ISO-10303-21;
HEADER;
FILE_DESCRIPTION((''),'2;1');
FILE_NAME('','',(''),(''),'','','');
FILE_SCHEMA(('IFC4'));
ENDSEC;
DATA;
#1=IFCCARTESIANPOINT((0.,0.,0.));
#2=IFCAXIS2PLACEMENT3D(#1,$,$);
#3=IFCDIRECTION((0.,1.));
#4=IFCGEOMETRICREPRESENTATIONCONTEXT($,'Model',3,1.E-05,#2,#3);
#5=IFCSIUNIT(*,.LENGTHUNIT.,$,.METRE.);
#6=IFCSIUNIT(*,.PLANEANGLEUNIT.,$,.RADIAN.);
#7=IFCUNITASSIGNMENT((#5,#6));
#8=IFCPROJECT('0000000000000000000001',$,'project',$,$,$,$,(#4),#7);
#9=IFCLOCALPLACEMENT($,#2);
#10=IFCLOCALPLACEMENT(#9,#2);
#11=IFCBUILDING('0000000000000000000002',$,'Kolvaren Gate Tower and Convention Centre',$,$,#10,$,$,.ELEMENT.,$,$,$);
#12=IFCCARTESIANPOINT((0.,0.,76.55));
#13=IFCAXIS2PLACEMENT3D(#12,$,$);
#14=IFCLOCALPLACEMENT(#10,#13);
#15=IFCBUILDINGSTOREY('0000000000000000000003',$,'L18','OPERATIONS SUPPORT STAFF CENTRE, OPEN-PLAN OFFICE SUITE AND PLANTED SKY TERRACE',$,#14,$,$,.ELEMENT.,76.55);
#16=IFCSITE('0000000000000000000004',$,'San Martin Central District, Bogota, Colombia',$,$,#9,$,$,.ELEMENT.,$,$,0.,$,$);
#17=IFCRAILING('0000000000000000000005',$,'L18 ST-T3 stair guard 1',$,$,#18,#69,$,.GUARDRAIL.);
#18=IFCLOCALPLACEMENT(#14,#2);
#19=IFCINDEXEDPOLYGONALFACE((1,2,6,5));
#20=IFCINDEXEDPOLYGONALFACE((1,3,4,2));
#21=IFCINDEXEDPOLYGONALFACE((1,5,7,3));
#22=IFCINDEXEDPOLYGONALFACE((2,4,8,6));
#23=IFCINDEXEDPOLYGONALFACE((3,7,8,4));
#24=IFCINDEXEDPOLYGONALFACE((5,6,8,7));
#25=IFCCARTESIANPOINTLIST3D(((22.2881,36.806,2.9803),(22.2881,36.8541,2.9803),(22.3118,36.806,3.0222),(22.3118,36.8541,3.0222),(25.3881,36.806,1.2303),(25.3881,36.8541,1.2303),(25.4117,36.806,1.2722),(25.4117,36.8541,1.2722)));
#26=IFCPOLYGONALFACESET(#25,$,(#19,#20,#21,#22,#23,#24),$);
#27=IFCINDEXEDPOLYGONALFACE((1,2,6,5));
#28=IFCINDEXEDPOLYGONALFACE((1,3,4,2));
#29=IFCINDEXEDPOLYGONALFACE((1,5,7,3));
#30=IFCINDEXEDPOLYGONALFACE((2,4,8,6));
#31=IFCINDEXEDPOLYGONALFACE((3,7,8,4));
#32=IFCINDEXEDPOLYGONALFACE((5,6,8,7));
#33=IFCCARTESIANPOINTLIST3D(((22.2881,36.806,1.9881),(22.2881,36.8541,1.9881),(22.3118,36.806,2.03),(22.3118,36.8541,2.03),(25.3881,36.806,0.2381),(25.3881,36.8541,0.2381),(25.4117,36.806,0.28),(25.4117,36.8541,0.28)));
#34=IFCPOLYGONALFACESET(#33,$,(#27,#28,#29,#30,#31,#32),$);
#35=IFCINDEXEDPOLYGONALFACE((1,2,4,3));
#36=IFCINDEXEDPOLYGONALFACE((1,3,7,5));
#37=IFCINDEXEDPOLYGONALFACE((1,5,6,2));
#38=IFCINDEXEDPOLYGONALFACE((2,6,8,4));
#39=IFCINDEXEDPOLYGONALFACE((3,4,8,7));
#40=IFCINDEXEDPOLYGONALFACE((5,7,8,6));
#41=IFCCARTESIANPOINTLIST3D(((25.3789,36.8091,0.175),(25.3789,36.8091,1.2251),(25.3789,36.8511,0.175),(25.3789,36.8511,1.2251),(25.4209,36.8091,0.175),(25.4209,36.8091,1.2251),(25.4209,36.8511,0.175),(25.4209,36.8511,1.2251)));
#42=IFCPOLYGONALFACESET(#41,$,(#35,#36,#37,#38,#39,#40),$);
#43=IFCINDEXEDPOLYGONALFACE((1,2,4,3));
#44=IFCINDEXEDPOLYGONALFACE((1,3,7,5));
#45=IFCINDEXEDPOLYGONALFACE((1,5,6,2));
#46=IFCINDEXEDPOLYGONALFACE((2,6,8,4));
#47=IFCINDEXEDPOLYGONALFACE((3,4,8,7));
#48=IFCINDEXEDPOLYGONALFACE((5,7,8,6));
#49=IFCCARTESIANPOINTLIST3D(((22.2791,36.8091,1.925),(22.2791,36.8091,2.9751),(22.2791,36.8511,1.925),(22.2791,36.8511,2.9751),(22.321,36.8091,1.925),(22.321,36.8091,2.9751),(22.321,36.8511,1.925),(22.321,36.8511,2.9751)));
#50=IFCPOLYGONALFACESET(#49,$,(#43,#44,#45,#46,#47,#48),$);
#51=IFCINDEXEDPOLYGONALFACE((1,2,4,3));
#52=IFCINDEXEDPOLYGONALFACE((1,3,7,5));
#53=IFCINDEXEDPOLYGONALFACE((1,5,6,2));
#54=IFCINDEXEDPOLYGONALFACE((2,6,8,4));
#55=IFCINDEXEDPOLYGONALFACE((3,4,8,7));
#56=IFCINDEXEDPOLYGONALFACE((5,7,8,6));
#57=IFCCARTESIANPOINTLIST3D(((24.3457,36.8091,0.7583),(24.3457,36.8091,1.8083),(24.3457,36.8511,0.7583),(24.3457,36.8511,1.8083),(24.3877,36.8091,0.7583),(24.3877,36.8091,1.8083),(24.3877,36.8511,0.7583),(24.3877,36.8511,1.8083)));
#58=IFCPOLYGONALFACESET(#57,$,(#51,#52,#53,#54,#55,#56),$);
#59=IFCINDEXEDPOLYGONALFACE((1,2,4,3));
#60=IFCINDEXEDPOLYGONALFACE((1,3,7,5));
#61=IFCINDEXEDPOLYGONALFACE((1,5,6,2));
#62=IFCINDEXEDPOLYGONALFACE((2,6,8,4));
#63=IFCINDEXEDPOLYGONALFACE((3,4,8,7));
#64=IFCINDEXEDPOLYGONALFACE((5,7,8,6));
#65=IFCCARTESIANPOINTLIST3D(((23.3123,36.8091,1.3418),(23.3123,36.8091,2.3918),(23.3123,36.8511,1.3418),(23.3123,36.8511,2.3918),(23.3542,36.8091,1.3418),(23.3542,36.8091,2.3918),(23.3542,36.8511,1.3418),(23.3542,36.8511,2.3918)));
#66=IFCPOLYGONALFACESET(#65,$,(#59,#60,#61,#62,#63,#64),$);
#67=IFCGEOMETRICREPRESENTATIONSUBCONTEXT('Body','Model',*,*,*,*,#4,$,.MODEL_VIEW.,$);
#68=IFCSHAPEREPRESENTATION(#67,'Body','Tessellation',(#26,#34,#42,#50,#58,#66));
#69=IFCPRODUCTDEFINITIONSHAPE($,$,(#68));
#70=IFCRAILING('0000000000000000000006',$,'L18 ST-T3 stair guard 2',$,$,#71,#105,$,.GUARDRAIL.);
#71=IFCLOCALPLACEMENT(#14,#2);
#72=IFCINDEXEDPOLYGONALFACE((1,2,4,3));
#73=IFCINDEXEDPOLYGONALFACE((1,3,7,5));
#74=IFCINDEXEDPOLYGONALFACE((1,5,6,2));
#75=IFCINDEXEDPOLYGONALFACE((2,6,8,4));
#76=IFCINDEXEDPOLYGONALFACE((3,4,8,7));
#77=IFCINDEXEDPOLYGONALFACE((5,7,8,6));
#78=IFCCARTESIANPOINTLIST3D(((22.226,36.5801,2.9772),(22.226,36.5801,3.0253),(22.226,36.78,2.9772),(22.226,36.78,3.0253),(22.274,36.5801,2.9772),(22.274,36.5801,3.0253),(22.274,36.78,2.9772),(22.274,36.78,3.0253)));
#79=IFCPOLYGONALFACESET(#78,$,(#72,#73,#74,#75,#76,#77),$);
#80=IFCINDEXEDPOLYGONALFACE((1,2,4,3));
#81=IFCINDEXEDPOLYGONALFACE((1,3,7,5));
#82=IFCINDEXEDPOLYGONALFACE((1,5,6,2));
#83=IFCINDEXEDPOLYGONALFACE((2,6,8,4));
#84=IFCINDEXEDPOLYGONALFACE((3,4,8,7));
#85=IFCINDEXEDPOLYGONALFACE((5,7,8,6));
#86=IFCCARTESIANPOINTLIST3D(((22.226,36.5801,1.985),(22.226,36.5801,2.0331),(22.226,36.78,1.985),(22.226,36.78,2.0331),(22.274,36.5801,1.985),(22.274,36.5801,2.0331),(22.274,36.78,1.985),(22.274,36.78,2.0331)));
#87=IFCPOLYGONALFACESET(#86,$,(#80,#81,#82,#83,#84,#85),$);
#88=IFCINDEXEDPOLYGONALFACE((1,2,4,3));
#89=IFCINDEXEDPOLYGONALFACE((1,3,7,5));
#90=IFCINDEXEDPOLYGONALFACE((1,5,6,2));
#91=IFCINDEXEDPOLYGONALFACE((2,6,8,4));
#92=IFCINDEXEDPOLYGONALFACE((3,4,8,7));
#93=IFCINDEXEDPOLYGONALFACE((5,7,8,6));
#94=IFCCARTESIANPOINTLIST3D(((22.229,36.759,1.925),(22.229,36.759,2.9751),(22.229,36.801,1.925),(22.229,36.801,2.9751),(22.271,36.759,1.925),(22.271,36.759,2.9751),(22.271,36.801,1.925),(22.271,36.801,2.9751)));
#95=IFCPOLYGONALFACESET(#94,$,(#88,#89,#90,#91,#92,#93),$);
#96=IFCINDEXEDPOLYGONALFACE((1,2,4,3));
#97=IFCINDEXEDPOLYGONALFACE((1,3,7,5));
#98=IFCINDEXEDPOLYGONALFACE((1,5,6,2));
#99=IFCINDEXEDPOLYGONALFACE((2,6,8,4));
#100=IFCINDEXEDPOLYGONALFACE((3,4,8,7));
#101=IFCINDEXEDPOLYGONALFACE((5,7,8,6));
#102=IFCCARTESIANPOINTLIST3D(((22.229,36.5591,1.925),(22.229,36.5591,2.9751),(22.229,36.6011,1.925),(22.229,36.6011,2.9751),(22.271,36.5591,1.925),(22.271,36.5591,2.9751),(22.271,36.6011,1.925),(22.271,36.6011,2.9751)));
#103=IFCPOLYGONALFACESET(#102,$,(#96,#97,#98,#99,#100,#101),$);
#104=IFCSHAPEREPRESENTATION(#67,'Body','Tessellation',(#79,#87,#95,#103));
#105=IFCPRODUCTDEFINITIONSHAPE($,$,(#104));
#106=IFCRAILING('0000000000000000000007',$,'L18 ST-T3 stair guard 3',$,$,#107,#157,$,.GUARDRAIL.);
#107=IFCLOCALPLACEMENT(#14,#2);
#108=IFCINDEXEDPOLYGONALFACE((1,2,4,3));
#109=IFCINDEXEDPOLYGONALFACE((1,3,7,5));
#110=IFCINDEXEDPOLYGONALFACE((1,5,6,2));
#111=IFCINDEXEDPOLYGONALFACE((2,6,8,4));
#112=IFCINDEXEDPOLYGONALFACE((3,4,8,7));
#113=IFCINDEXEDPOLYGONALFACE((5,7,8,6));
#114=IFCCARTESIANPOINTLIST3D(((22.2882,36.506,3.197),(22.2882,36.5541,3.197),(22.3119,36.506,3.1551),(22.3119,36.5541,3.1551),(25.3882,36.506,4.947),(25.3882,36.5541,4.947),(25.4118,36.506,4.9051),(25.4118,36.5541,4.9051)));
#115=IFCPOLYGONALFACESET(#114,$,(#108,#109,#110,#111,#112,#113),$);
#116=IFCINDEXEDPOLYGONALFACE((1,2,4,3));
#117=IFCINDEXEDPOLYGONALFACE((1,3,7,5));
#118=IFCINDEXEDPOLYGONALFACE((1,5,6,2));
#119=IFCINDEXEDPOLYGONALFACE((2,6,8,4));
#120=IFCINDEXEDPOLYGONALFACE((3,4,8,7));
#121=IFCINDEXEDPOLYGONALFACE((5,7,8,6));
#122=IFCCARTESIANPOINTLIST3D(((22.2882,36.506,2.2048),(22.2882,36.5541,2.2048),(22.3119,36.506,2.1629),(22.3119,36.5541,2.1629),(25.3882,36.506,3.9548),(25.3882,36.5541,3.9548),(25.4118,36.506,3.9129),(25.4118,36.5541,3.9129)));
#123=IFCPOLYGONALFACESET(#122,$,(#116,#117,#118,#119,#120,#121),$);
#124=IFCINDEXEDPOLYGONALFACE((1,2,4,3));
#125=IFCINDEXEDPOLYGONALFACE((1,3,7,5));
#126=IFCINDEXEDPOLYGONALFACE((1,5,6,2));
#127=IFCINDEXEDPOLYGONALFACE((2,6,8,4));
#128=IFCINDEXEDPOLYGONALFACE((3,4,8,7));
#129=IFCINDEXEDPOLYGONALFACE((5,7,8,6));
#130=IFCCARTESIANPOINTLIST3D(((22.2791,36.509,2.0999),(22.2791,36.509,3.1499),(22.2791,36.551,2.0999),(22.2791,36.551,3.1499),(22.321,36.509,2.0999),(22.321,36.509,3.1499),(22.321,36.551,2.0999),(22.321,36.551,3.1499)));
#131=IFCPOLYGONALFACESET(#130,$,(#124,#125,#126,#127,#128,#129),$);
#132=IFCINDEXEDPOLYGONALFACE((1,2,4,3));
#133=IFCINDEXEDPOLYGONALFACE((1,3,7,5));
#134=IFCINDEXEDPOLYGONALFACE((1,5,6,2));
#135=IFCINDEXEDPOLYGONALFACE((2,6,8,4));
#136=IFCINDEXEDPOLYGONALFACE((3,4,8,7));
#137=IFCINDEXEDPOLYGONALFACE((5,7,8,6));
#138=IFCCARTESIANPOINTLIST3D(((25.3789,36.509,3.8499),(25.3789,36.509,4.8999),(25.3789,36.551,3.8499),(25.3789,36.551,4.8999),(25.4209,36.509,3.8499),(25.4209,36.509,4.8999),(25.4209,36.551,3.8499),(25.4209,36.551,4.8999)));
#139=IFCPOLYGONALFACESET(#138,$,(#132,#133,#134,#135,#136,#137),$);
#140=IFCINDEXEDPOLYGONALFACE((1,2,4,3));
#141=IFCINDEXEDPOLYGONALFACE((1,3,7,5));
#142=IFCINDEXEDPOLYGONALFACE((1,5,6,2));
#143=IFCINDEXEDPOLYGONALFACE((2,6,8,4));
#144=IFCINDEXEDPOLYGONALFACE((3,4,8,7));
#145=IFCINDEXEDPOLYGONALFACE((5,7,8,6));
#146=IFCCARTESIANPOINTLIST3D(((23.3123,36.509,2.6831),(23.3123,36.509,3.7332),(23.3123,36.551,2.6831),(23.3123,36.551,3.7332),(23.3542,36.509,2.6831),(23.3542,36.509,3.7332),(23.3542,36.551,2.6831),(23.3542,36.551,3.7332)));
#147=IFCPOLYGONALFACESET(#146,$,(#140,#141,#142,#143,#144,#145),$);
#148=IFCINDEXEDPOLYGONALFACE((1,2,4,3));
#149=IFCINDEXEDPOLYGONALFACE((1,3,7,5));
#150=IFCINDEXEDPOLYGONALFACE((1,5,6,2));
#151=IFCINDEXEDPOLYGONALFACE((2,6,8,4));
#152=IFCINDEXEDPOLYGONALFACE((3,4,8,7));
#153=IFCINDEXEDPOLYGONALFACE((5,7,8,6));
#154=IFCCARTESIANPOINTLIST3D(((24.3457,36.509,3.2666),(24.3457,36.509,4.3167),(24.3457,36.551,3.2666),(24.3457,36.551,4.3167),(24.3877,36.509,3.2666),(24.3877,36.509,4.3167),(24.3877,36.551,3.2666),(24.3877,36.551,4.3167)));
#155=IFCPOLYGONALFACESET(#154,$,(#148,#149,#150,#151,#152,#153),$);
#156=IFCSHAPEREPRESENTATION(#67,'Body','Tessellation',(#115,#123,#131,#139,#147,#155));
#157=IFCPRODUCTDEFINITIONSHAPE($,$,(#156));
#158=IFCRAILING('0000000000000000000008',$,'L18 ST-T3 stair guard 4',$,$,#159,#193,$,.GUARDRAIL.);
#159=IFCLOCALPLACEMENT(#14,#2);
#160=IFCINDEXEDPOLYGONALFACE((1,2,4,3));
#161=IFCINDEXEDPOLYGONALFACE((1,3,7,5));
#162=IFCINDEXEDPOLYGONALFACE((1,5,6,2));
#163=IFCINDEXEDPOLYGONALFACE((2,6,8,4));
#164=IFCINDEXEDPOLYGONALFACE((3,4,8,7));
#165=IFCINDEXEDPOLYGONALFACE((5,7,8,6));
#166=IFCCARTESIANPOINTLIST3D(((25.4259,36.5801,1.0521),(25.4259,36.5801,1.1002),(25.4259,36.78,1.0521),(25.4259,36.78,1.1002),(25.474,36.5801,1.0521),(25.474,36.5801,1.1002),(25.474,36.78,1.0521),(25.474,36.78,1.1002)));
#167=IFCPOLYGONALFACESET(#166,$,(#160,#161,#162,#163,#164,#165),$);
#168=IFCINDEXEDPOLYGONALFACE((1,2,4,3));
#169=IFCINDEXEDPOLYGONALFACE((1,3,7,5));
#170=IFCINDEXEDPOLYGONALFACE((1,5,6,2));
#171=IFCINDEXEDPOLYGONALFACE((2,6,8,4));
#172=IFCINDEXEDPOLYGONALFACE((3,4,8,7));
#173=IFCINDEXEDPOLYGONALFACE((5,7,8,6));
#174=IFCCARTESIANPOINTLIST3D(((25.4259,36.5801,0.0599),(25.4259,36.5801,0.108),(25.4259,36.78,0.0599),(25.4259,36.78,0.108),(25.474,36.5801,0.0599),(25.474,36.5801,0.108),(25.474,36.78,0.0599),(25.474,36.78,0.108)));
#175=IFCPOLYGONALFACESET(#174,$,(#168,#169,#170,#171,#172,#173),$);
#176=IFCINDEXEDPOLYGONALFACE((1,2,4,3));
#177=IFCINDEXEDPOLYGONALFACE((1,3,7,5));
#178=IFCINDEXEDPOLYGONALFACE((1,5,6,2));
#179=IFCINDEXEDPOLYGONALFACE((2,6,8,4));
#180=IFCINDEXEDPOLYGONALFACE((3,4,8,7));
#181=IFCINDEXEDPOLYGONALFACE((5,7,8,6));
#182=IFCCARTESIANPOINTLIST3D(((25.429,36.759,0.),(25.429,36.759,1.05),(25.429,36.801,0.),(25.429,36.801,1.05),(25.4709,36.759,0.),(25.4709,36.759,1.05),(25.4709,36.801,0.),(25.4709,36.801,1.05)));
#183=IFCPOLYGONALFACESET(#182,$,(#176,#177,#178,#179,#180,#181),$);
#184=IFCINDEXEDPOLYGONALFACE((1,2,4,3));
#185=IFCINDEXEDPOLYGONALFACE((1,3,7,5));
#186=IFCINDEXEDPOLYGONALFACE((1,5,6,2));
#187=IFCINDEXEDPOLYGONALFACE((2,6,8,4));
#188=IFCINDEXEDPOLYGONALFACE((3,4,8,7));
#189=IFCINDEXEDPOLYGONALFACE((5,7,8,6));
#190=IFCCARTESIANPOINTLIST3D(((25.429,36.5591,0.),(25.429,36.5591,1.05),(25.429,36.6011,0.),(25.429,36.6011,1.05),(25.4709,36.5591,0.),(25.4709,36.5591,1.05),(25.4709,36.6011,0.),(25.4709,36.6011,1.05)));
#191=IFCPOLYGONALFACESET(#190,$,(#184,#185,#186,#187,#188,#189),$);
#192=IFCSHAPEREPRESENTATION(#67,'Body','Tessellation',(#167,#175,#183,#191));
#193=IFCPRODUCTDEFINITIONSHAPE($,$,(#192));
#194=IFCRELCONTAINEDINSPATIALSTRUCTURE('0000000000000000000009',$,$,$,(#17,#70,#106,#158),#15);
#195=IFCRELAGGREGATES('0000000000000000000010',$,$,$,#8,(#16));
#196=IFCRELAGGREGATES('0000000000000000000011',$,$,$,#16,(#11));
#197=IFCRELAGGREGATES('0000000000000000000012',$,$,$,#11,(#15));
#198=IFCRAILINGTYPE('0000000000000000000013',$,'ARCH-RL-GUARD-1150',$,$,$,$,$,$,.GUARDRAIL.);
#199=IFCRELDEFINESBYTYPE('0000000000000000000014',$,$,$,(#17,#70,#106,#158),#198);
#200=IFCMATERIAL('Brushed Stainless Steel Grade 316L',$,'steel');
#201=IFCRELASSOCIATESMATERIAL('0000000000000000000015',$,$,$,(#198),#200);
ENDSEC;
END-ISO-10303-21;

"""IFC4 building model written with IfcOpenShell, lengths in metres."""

from ifc_helpers import new_model, si_unit, direction, frame, origin, origin_2d, place, context, subcontext, project, spatial, rectangle, extrude, material, type_object, element, save


model = new_model("IFC4")

# Units and contexts
model_context = context("Model", 3, precision=1e-05, world=origin(), true_north=direction((0.0, 1.0)))
body_context = subcontext(model_context, "Body", "Model", "MODEL_VIEW")
ifc_project = project(units=[si_unit("LENGTHUNIT", "METRE"), si_unit("PLANEANGLEUNIT", "RADIAN")], contexts=[model_context])

# Site, building, storey
site_placement = place(None, origin())
site = spatial("IfcSite", under=ifc_project, at=site_placement, Name="San Martin Central District, Bogota, Colombia", CompositionType="ELEMENT", RefElevation=0.0)
building_placement = place(site_placement, origin())
building = spatial("IfcBuilding", under=site, at=building_placement, Name="Kolvaren Gate Tower and Convention Centre", CompositionType="ELEMENT")
storey_placement = place(building_placement, frame((0.0, 0.0, 76.55)))
storey = spatial("IfcBuildingStorey", under=building, at=storey_placement, Name="L18", Description="OPERATIONS SUPPORT STAFF CENTRE, OPEN-PLAN OFFICE SUITE AND PLANTED SKY TERRACE", CompositionType="ELEMENT", Elevation=76.55)

# Railings
ifc_material_1 = material(Name="Brushed Stainless Steel Grade 316L", Category="steel")
railing_type_1 = type_object("IfcRailingType", Name="ARCH-RL-GUARD-1150", PredefinedType="GUARDRAIL", material=ifc_material_1)
railing_1_placement = place(storey_placement, frame((25.3999, 36.8301, 0.175)))
element("IfcRailing", 1, at=railing_1_placement, inside=storey, type_object=railing_type_1, Name="L18 ST-T3 stair guard 1", PredefinedType="GUARDRAIL", context=body_context, shape_type="SweptSolid", body=[
    extrude(rectangle(XDim=0.0481, YDim=0.0481, at=origin_2d()), frame((0.0, 0.0, 1.0762), z_axis=(-0.870814, 0.0, 0.491612), x_axis=(0.0, -1.0, 0.0)), (0.0, 0.0, 1.0), 3.5598),
    extrude(rectangle(XDim=0.0481, YDim=0.0481, at=origin_2d()), frame((0.0, 0.0, 0.084), z_axis=(-0.870814, 0.0, 0.491612), x_axis=(0.0, -1.0, 0.0)), (0.0, 0.0, 1.0), 3.5598),
    extrude(rectangle(XDim=0.042, YDim=0.042, at=origin_2d()), origin(), (0.0, 0.0, 1.0), 1.05),
    extrude(rectangle(XDim=0.042, YDim=0.042, at=origin_2d()), frame((-3.0999, 0.0, 1.75)), (0.0, 0.0, 1.0), 1.05),
    extrude(rectangle(XDim=0.042, YDim=0.042, at=origin_2d()), frame((-1.0332, 0.0, 0.5833)), (0.0, 0.0, 1.0), 1.05),
    extrude(rectangle(XDim=0.042, YDim=0.042, at=origin_2d()), frame((-2.0667, 0.0, 1.1667)), (0.0, 0.0, 1.0), 1.05),
])
railing_2_placement = place(storey_placement, frame((22.25, 36.78, 1.925)))
element("IfcRailing", 2, at=railing_2_placement, inside=storey, type_object=railing_type_1, Name="L18 ST-T3 stair guard 2", PredefinedType="GUARDRAIL", context=body_context, shape_type="SweptSolid", body=[
    extrude(rectangle(XDim=0.0481, YDim=0.0481, at=origin_2d()), frame((0.0, 0.0, 1.0762), z_axis=(0.0, -1.0, 0.0), x_axis=(1.0, 0.0, 0.0)), (0.0, 0.0, 1.0), 0.2),
    extrude(rectangle(XDim=0.0481, YDim=0.0481, at=origin_2d()), frame((0.0, 0.0, 0.084), z_axis=(0.0, -1.0, 0.0), x_axis=(1.0, 0.0, 0.0)), (0.0, 0.0, 1.0), 0.2),
    extrude(rectangle(XDim=0.042, YDim=0.042, at=origin_2d()), origin(), (0.0, 0.0, 1.0), 1.05),
    extrude(rectangle(XDim=0.042, YDim=0.042, at=origin_2d()), frame((0.0, -0.2, 0.0)), (0.0, 0.0, 1.0), 1.05),
])
railing_3_placement = place(storey_placement, frame((22.3, 36.53, 2.0999)))
element("IfcRailing", 3, at=railing_3_placement, inside=storey, type_object=railing_type_1, Name="L18 ST-T3 stair guard 3", PredefinedType="GUARDRAIL", context=body_context, shape_type="SweptSolid", body=[
    extrude(rectangle(XDim=0.0481, YDim=0.0481, at=origin_2d()), frame((0.0, 0.0, 1.0762), z_axis=(0.870814, 0.0, 0.491612), x_axis=(0.0, 1.0, 0.0)), (0.0, 0.0, 1.0), 3.5598),
    extrude(rectangle(XDim=0.0481, YDim=0.0481, at=origin_2d()), frame((0.0, 0.0, 0.084), z_axis=(0.870814, 0.0, 0.491612), x_axis=(0.0, 1.0, 0.0)), (0.0, 0.0, 1.0), 3.5598),
    extrude(rectangle(XDim=0.042, YDim=0.042, at=origin_2d()), origin(), (0.0, 0.0, 1.0), 1.05),
    extrude(rectangle(XDim=0.042, YDim=0.042, at=origin_2d()), frame((3.0999, 0.0, 1.75)), (0.0, 0.0, 1.0), 1.05),
    extrude(rectangle(XDim=0.042, YDim=0.042, at=origin_2d()), frame((1.0332, 0.0, 0.5833)), (0.0, 0.0, 1.0), 1.05),
    extrude(rectangle(XDim=0.042, YDim=0.042, at=origin_2d()), frame((2.0667, 0.0, 1.1667)), (0.0, 0.0, 1.0), 1.05),
])
railing_4_placement = place(storey_placement, frame((25.45, 36.78, 0.0)))
element("IfcRailing", 4, at=railing_4_placement, inside=storey, type_object=railing_type_1, Name="L18 ST-T3 stair guard 4", PredefinedType="GUARDRAIL", context=body_context, shape_type="SweptSolid", body=[
    extrude(rectangle(XDim=0.0481, YDim=0.0481, at=origin_2d()), frame((0.0, 0.0, 1.0762), z_axis=(0.0, -1.0, 0.0), x_axis=(1.0, 0.0, 0.0)), (0.0, 0.0, 1.0), 0.2),
    extrude(rectangle(XDim=0.0481, YDim=0.0481, at=origin_2d()), frame((0.0, 0.0, 0.084), z_axis=(0.0, -1.0, 0.0), x_axis=(1.0, 0.0, 0.0)), (0.0, 0.0, 1.0), 0.2),
    extrude(rectangle(XDim=0.042, YDim=0.042, at=origin_2d()), origin(), (0.0, 0.0, 1.0), 1.05),
    extrude(rectangle(XDim=0.042, YDim=0.042, at=origin_2d()), frame((0.0, -0.2, 0.0)), (0.0, 0.0, 1.0), 1.05),
])

save(model, "model.ifc")
